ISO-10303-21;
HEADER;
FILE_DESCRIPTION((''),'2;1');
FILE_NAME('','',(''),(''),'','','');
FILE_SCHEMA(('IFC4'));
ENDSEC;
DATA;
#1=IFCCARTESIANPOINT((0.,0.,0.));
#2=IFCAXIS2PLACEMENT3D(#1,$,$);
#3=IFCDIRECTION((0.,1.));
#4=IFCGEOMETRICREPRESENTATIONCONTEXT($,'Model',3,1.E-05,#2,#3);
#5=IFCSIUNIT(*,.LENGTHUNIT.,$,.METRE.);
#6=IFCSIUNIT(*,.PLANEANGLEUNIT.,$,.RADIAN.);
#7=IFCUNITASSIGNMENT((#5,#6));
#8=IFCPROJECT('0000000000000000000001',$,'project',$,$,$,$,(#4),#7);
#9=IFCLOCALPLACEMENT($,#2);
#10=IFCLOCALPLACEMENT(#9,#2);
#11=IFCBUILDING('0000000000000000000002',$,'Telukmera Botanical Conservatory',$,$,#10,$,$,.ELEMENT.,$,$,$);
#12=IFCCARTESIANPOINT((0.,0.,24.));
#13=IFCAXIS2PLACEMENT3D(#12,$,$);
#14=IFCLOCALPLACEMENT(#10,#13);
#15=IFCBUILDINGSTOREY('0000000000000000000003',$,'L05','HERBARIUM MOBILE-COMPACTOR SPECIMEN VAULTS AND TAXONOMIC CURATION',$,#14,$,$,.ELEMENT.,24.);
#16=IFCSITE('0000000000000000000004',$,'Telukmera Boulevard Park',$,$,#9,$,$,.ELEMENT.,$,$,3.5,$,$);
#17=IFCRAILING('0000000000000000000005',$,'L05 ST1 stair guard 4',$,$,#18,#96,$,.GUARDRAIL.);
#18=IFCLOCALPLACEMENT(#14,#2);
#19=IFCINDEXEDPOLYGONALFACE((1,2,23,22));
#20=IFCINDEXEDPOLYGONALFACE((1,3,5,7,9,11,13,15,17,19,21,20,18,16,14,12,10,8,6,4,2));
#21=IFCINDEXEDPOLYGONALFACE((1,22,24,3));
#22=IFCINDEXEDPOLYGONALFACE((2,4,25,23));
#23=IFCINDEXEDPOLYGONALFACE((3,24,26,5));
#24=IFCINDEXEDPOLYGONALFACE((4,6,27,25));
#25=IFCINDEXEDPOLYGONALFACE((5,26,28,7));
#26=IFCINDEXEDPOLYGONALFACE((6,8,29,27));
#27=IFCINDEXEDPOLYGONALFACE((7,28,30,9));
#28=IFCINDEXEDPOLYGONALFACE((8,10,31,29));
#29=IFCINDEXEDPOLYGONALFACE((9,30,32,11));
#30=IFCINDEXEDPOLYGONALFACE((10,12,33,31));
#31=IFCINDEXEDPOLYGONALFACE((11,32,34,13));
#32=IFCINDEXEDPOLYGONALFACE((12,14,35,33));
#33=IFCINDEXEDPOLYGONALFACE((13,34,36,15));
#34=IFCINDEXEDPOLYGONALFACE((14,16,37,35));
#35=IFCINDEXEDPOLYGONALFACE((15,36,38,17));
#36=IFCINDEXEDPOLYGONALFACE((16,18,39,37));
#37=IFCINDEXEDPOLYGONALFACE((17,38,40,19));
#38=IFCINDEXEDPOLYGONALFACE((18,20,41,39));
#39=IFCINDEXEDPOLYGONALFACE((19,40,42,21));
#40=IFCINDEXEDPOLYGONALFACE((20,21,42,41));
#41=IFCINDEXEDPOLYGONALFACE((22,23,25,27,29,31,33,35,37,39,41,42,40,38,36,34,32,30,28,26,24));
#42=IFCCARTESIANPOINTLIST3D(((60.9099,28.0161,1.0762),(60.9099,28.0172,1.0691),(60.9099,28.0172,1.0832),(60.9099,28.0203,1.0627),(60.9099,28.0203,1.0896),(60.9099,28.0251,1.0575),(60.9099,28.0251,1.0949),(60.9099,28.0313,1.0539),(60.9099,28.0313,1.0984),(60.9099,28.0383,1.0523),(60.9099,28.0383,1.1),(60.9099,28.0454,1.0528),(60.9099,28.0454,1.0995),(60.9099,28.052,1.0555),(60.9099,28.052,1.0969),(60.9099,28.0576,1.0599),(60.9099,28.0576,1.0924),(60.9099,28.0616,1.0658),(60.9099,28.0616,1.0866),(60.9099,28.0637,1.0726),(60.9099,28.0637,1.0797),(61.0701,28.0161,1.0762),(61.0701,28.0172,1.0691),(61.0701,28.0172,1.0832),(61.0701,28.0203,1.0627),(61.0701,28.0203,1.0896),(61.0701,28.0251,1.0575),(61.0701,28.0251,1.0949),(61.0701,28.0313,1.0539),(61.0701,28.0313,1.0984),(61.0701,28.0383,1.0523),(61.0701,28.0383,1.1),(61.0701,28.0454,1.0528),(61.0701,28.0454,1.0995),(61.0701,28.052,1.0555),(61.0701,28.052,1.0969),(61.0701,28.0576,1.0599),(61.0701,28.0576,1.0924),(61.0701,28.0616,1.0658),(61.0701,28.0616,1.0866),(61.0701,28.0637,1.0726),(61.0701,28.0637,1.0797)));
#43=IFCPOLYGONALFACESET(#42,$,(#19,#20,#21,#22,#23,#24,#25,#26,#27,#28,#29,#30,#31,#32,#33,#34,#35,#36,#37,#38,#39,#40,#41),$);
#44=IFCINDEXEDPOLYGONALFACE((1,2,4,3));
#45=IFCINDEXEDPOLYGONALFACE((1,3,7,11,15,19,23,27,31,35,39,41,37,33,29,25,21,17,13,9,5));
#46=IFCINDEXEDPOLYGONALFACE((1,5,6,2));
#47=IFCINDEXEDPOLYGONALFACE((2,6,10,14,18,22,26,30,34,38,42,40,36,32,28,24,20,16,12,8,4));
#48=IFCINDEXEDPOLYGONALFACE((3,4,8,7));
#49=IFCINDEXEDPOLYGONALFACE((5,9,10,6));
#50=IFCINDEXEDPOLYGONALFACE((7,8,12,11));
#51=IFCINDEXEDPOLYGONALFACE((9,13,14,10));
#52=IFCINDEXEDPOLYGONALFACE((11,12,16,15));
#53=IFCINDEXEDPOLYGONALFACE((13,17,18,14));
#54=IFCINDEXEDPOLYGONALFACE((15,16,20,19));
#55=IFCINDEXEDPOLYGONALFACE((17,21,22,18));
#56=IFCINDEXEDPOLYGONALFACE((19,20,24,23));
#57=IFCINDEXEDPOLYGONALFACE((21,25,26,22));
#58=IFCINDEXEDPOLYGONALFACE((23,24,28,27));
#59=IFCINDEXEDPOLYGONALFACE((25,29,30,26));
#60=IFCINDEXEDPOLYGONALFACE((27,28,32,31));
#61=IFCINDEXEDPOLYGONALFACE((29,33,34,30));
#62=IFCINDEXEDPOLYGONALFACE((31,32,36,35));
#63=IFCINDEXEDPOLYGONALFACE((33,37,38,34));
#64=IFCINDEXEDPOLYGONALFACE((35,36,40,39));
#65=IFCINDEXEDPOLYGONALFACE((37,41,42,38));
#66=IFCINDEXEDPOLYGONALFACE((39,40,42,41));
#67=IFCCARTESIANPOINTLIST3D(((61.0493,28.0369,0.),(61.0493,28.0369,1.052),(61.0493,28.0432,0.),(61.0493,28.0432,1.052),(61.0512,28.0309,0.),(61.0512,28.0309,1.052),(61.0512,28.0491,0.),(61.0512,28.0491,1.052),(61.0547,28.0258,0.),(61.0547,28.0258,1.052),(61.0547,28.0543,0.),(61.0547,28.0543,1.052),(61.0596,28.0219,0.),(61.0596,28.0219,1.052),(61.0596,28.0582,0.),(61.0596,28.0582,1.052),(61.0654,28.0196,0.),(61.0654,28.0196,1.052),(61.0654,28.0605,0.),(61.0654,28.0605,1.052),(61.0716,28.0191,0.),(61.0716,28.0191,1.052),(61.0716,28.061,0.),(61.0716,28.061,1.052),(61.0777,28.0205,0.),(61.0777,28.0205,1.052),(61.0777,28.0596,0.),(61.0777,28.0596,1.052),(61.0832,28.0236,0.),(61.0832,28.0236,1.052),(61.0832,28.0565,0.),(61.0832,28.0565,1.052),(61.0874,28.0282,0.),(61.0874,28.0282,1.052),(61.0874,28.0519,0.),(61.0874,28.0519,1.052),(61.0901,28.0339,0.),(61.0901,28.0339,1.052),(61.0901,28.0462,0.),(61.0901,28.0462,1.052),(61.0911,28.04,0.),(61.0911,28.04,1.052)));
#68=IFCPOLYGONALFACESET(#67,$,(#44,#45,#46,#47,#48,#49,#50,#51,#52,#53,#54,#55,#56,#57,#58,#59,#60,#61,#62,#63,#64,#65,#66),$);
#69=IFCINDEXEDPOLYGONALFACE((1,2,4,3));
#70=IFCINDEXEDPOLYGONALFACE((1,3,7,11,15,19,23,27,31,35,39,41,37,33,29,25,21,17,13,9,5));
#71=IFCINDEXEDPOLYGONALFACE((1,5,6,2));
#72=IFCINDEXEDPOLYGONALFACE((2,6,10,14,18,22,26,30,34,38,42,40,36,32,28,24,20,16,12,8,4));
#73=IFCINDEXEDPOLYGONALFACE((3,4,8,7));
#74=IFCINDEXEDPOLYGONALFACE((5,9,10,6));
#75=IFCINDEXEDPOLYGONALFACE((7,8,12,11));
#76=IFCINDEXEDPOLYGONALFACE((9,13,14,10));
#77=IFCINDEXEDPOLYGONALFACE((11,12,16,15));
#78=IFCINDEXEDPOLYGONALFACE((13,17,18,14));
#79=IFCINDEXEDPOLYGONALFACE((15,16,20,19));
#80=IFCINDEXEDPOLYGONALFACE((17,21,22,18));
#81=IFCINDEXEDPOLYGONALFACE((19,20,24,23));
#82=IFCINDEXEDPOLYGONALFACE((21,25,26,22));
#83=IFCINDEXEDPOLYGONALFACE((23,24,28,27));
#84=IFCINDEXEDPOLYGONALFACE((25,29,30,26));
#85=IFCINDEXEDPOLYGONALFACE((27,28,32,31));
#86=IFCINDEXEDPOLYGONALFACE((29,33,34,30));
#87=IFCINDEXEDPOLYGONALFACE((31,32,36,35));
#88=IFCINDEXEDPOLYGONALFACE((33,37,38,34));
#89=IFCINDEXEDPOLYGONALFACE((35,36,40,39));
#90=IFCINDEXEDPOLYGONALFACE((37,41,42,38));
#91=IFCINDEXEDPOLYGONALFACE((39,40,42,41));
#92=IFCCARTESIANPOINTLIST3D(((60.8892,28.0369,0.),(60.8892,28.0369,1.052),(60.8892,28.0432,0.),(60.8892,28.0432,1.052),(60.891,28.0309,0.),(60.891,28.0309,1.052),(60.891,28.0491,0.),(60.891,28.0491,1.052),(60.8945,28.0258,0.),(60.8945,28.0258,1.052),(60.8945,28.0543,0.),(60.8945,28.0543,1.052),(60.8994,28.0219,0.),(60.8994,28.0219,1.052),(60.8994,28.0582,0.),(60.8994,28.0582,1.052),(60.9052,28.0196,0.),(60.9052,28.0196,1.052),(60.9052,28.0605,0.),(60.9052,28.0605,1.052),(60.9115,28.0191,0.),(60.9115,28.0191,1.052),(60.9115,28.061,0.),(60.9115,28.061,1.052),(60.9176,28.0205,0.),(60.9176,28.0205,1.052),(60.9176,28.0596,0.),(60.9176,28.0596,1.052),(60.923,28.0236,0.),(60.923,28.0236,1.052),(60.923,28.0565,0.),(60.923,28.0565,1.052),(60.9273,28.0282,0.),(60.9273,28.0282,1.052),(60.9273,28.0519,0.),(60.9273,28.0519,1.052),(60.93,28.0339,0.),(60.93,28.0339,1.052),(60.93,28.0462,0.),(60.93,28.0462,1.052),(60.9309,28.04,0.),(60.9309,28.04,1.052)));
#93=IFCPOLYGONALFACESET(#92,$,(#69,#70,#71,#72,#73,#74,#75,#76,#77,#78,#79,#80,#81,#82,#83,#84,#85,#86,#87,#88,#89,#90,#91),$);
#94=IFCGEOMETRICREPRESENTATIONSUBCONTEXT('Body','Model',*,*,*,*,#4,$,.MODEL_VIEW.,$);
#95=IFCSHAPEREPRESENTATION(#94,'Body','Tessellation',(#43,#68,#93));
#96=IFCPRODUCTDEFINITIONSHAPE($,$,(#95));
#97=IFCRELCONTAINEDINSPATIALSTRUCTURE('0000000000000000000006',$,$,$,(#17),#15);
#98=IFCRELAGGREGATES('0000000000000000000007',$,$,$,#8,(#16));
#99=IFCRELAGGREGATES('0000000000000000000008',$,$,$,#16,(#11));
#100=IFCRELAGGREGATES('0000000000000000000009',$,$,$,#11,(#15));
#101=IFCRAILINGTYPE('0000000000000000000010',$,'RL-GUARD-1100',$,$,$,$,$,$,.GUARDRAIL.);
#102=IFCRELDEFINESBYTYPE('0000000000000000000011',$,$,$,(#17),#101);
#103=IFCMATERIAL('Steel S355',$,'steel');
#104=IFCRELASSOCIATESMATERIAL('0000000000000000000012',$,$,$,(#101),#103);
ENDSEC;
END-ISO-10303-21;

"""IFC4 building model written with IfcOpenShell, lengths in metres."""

from ifc_helpers import new_model, si_unit, direction, frame, origin, origin_2d, place, context, subcontext, project, spatial, circle, extrude, material, type_object, element, save


model = new_model("IFC4")

# Units and contexts
model_context = context("Model", 3, precision=1e-05, world=origin(), true_north=direction((0.0, 1.0)))
body_context = subcontext(model_context, "Body", "Model", "MODEL_VIEW")
ifc_project = project(units=[si_unit("LENGTHUNIT", "METRE"), si_unit("PLANEANGLEUNIT", "RADIAN")], contexts=[model_context])

# Site, building, storey
site_placement = place(None, origin())
site = spatial("IfcSite", under=ifc_project, at=site_placement, Name="Telukmera Boulevard Park", CompositionType="ELEMENT", RefElevation=3.5)
building_placement = place(site_placement, origin())
building = spatial("IfcBuilding", under=site, at=building_placement, Name="Telukmera Botanical Conservatory", CompositionType="ELEMENT")
storey_placement = place(building_placement, frame((0.0, 0.0, 24.0)))
storey = spatial("IfcBuildingStorey", under=building, at=storey_placement, Name="L05", Description="HERBARIUM MOBILE-COMPACTOR SPECIMEN VAULTS AND TAXONOMIC CURATION", CompositionType="ELEMENT", Elevation=24.0)

# Railing
ifc_material_1 = material(Name="Steel S355", Category="steel")
railing_type_1 = type_object("IfcRailingType", Name="RL-GUARD-1100", PredefinedType="GUARDRAIL", material=ifc_material_1)
railing_1_placement = place(storey_placement, frame((61.0701, 28.04, 0.0)))
element("IfcRailing", 1, at=railing_1_placement, inside=storey, type_object=railing_type_1, Name="L05 ST1 stair guard 4", PredefinedType="GUARDRAIL", context=body_context, shape_type="SweptSolid", body=[
    extrude(circle(Radius=0.0239, at=origin_2d()), frame((0.0, 0.0, 1.0762), z_axis=(-1.0, 0.0, 0.0), x_axis=(0.0, -1.0, 0.0)), (0.0, 0.0, 1.0), 0.1602),
    extrude(circle(Radius=0.021, at=origin_2d()), origin(), (0.0, 0.0, 1.0), 1.052),
    extrude(circle(Radius=0.021, at=origin_2d()), frame((-0.1602, 0.0, 0.0)), (0.0, 0.0, 1.0), 1.052),
])

save(model, "model.ifc")
